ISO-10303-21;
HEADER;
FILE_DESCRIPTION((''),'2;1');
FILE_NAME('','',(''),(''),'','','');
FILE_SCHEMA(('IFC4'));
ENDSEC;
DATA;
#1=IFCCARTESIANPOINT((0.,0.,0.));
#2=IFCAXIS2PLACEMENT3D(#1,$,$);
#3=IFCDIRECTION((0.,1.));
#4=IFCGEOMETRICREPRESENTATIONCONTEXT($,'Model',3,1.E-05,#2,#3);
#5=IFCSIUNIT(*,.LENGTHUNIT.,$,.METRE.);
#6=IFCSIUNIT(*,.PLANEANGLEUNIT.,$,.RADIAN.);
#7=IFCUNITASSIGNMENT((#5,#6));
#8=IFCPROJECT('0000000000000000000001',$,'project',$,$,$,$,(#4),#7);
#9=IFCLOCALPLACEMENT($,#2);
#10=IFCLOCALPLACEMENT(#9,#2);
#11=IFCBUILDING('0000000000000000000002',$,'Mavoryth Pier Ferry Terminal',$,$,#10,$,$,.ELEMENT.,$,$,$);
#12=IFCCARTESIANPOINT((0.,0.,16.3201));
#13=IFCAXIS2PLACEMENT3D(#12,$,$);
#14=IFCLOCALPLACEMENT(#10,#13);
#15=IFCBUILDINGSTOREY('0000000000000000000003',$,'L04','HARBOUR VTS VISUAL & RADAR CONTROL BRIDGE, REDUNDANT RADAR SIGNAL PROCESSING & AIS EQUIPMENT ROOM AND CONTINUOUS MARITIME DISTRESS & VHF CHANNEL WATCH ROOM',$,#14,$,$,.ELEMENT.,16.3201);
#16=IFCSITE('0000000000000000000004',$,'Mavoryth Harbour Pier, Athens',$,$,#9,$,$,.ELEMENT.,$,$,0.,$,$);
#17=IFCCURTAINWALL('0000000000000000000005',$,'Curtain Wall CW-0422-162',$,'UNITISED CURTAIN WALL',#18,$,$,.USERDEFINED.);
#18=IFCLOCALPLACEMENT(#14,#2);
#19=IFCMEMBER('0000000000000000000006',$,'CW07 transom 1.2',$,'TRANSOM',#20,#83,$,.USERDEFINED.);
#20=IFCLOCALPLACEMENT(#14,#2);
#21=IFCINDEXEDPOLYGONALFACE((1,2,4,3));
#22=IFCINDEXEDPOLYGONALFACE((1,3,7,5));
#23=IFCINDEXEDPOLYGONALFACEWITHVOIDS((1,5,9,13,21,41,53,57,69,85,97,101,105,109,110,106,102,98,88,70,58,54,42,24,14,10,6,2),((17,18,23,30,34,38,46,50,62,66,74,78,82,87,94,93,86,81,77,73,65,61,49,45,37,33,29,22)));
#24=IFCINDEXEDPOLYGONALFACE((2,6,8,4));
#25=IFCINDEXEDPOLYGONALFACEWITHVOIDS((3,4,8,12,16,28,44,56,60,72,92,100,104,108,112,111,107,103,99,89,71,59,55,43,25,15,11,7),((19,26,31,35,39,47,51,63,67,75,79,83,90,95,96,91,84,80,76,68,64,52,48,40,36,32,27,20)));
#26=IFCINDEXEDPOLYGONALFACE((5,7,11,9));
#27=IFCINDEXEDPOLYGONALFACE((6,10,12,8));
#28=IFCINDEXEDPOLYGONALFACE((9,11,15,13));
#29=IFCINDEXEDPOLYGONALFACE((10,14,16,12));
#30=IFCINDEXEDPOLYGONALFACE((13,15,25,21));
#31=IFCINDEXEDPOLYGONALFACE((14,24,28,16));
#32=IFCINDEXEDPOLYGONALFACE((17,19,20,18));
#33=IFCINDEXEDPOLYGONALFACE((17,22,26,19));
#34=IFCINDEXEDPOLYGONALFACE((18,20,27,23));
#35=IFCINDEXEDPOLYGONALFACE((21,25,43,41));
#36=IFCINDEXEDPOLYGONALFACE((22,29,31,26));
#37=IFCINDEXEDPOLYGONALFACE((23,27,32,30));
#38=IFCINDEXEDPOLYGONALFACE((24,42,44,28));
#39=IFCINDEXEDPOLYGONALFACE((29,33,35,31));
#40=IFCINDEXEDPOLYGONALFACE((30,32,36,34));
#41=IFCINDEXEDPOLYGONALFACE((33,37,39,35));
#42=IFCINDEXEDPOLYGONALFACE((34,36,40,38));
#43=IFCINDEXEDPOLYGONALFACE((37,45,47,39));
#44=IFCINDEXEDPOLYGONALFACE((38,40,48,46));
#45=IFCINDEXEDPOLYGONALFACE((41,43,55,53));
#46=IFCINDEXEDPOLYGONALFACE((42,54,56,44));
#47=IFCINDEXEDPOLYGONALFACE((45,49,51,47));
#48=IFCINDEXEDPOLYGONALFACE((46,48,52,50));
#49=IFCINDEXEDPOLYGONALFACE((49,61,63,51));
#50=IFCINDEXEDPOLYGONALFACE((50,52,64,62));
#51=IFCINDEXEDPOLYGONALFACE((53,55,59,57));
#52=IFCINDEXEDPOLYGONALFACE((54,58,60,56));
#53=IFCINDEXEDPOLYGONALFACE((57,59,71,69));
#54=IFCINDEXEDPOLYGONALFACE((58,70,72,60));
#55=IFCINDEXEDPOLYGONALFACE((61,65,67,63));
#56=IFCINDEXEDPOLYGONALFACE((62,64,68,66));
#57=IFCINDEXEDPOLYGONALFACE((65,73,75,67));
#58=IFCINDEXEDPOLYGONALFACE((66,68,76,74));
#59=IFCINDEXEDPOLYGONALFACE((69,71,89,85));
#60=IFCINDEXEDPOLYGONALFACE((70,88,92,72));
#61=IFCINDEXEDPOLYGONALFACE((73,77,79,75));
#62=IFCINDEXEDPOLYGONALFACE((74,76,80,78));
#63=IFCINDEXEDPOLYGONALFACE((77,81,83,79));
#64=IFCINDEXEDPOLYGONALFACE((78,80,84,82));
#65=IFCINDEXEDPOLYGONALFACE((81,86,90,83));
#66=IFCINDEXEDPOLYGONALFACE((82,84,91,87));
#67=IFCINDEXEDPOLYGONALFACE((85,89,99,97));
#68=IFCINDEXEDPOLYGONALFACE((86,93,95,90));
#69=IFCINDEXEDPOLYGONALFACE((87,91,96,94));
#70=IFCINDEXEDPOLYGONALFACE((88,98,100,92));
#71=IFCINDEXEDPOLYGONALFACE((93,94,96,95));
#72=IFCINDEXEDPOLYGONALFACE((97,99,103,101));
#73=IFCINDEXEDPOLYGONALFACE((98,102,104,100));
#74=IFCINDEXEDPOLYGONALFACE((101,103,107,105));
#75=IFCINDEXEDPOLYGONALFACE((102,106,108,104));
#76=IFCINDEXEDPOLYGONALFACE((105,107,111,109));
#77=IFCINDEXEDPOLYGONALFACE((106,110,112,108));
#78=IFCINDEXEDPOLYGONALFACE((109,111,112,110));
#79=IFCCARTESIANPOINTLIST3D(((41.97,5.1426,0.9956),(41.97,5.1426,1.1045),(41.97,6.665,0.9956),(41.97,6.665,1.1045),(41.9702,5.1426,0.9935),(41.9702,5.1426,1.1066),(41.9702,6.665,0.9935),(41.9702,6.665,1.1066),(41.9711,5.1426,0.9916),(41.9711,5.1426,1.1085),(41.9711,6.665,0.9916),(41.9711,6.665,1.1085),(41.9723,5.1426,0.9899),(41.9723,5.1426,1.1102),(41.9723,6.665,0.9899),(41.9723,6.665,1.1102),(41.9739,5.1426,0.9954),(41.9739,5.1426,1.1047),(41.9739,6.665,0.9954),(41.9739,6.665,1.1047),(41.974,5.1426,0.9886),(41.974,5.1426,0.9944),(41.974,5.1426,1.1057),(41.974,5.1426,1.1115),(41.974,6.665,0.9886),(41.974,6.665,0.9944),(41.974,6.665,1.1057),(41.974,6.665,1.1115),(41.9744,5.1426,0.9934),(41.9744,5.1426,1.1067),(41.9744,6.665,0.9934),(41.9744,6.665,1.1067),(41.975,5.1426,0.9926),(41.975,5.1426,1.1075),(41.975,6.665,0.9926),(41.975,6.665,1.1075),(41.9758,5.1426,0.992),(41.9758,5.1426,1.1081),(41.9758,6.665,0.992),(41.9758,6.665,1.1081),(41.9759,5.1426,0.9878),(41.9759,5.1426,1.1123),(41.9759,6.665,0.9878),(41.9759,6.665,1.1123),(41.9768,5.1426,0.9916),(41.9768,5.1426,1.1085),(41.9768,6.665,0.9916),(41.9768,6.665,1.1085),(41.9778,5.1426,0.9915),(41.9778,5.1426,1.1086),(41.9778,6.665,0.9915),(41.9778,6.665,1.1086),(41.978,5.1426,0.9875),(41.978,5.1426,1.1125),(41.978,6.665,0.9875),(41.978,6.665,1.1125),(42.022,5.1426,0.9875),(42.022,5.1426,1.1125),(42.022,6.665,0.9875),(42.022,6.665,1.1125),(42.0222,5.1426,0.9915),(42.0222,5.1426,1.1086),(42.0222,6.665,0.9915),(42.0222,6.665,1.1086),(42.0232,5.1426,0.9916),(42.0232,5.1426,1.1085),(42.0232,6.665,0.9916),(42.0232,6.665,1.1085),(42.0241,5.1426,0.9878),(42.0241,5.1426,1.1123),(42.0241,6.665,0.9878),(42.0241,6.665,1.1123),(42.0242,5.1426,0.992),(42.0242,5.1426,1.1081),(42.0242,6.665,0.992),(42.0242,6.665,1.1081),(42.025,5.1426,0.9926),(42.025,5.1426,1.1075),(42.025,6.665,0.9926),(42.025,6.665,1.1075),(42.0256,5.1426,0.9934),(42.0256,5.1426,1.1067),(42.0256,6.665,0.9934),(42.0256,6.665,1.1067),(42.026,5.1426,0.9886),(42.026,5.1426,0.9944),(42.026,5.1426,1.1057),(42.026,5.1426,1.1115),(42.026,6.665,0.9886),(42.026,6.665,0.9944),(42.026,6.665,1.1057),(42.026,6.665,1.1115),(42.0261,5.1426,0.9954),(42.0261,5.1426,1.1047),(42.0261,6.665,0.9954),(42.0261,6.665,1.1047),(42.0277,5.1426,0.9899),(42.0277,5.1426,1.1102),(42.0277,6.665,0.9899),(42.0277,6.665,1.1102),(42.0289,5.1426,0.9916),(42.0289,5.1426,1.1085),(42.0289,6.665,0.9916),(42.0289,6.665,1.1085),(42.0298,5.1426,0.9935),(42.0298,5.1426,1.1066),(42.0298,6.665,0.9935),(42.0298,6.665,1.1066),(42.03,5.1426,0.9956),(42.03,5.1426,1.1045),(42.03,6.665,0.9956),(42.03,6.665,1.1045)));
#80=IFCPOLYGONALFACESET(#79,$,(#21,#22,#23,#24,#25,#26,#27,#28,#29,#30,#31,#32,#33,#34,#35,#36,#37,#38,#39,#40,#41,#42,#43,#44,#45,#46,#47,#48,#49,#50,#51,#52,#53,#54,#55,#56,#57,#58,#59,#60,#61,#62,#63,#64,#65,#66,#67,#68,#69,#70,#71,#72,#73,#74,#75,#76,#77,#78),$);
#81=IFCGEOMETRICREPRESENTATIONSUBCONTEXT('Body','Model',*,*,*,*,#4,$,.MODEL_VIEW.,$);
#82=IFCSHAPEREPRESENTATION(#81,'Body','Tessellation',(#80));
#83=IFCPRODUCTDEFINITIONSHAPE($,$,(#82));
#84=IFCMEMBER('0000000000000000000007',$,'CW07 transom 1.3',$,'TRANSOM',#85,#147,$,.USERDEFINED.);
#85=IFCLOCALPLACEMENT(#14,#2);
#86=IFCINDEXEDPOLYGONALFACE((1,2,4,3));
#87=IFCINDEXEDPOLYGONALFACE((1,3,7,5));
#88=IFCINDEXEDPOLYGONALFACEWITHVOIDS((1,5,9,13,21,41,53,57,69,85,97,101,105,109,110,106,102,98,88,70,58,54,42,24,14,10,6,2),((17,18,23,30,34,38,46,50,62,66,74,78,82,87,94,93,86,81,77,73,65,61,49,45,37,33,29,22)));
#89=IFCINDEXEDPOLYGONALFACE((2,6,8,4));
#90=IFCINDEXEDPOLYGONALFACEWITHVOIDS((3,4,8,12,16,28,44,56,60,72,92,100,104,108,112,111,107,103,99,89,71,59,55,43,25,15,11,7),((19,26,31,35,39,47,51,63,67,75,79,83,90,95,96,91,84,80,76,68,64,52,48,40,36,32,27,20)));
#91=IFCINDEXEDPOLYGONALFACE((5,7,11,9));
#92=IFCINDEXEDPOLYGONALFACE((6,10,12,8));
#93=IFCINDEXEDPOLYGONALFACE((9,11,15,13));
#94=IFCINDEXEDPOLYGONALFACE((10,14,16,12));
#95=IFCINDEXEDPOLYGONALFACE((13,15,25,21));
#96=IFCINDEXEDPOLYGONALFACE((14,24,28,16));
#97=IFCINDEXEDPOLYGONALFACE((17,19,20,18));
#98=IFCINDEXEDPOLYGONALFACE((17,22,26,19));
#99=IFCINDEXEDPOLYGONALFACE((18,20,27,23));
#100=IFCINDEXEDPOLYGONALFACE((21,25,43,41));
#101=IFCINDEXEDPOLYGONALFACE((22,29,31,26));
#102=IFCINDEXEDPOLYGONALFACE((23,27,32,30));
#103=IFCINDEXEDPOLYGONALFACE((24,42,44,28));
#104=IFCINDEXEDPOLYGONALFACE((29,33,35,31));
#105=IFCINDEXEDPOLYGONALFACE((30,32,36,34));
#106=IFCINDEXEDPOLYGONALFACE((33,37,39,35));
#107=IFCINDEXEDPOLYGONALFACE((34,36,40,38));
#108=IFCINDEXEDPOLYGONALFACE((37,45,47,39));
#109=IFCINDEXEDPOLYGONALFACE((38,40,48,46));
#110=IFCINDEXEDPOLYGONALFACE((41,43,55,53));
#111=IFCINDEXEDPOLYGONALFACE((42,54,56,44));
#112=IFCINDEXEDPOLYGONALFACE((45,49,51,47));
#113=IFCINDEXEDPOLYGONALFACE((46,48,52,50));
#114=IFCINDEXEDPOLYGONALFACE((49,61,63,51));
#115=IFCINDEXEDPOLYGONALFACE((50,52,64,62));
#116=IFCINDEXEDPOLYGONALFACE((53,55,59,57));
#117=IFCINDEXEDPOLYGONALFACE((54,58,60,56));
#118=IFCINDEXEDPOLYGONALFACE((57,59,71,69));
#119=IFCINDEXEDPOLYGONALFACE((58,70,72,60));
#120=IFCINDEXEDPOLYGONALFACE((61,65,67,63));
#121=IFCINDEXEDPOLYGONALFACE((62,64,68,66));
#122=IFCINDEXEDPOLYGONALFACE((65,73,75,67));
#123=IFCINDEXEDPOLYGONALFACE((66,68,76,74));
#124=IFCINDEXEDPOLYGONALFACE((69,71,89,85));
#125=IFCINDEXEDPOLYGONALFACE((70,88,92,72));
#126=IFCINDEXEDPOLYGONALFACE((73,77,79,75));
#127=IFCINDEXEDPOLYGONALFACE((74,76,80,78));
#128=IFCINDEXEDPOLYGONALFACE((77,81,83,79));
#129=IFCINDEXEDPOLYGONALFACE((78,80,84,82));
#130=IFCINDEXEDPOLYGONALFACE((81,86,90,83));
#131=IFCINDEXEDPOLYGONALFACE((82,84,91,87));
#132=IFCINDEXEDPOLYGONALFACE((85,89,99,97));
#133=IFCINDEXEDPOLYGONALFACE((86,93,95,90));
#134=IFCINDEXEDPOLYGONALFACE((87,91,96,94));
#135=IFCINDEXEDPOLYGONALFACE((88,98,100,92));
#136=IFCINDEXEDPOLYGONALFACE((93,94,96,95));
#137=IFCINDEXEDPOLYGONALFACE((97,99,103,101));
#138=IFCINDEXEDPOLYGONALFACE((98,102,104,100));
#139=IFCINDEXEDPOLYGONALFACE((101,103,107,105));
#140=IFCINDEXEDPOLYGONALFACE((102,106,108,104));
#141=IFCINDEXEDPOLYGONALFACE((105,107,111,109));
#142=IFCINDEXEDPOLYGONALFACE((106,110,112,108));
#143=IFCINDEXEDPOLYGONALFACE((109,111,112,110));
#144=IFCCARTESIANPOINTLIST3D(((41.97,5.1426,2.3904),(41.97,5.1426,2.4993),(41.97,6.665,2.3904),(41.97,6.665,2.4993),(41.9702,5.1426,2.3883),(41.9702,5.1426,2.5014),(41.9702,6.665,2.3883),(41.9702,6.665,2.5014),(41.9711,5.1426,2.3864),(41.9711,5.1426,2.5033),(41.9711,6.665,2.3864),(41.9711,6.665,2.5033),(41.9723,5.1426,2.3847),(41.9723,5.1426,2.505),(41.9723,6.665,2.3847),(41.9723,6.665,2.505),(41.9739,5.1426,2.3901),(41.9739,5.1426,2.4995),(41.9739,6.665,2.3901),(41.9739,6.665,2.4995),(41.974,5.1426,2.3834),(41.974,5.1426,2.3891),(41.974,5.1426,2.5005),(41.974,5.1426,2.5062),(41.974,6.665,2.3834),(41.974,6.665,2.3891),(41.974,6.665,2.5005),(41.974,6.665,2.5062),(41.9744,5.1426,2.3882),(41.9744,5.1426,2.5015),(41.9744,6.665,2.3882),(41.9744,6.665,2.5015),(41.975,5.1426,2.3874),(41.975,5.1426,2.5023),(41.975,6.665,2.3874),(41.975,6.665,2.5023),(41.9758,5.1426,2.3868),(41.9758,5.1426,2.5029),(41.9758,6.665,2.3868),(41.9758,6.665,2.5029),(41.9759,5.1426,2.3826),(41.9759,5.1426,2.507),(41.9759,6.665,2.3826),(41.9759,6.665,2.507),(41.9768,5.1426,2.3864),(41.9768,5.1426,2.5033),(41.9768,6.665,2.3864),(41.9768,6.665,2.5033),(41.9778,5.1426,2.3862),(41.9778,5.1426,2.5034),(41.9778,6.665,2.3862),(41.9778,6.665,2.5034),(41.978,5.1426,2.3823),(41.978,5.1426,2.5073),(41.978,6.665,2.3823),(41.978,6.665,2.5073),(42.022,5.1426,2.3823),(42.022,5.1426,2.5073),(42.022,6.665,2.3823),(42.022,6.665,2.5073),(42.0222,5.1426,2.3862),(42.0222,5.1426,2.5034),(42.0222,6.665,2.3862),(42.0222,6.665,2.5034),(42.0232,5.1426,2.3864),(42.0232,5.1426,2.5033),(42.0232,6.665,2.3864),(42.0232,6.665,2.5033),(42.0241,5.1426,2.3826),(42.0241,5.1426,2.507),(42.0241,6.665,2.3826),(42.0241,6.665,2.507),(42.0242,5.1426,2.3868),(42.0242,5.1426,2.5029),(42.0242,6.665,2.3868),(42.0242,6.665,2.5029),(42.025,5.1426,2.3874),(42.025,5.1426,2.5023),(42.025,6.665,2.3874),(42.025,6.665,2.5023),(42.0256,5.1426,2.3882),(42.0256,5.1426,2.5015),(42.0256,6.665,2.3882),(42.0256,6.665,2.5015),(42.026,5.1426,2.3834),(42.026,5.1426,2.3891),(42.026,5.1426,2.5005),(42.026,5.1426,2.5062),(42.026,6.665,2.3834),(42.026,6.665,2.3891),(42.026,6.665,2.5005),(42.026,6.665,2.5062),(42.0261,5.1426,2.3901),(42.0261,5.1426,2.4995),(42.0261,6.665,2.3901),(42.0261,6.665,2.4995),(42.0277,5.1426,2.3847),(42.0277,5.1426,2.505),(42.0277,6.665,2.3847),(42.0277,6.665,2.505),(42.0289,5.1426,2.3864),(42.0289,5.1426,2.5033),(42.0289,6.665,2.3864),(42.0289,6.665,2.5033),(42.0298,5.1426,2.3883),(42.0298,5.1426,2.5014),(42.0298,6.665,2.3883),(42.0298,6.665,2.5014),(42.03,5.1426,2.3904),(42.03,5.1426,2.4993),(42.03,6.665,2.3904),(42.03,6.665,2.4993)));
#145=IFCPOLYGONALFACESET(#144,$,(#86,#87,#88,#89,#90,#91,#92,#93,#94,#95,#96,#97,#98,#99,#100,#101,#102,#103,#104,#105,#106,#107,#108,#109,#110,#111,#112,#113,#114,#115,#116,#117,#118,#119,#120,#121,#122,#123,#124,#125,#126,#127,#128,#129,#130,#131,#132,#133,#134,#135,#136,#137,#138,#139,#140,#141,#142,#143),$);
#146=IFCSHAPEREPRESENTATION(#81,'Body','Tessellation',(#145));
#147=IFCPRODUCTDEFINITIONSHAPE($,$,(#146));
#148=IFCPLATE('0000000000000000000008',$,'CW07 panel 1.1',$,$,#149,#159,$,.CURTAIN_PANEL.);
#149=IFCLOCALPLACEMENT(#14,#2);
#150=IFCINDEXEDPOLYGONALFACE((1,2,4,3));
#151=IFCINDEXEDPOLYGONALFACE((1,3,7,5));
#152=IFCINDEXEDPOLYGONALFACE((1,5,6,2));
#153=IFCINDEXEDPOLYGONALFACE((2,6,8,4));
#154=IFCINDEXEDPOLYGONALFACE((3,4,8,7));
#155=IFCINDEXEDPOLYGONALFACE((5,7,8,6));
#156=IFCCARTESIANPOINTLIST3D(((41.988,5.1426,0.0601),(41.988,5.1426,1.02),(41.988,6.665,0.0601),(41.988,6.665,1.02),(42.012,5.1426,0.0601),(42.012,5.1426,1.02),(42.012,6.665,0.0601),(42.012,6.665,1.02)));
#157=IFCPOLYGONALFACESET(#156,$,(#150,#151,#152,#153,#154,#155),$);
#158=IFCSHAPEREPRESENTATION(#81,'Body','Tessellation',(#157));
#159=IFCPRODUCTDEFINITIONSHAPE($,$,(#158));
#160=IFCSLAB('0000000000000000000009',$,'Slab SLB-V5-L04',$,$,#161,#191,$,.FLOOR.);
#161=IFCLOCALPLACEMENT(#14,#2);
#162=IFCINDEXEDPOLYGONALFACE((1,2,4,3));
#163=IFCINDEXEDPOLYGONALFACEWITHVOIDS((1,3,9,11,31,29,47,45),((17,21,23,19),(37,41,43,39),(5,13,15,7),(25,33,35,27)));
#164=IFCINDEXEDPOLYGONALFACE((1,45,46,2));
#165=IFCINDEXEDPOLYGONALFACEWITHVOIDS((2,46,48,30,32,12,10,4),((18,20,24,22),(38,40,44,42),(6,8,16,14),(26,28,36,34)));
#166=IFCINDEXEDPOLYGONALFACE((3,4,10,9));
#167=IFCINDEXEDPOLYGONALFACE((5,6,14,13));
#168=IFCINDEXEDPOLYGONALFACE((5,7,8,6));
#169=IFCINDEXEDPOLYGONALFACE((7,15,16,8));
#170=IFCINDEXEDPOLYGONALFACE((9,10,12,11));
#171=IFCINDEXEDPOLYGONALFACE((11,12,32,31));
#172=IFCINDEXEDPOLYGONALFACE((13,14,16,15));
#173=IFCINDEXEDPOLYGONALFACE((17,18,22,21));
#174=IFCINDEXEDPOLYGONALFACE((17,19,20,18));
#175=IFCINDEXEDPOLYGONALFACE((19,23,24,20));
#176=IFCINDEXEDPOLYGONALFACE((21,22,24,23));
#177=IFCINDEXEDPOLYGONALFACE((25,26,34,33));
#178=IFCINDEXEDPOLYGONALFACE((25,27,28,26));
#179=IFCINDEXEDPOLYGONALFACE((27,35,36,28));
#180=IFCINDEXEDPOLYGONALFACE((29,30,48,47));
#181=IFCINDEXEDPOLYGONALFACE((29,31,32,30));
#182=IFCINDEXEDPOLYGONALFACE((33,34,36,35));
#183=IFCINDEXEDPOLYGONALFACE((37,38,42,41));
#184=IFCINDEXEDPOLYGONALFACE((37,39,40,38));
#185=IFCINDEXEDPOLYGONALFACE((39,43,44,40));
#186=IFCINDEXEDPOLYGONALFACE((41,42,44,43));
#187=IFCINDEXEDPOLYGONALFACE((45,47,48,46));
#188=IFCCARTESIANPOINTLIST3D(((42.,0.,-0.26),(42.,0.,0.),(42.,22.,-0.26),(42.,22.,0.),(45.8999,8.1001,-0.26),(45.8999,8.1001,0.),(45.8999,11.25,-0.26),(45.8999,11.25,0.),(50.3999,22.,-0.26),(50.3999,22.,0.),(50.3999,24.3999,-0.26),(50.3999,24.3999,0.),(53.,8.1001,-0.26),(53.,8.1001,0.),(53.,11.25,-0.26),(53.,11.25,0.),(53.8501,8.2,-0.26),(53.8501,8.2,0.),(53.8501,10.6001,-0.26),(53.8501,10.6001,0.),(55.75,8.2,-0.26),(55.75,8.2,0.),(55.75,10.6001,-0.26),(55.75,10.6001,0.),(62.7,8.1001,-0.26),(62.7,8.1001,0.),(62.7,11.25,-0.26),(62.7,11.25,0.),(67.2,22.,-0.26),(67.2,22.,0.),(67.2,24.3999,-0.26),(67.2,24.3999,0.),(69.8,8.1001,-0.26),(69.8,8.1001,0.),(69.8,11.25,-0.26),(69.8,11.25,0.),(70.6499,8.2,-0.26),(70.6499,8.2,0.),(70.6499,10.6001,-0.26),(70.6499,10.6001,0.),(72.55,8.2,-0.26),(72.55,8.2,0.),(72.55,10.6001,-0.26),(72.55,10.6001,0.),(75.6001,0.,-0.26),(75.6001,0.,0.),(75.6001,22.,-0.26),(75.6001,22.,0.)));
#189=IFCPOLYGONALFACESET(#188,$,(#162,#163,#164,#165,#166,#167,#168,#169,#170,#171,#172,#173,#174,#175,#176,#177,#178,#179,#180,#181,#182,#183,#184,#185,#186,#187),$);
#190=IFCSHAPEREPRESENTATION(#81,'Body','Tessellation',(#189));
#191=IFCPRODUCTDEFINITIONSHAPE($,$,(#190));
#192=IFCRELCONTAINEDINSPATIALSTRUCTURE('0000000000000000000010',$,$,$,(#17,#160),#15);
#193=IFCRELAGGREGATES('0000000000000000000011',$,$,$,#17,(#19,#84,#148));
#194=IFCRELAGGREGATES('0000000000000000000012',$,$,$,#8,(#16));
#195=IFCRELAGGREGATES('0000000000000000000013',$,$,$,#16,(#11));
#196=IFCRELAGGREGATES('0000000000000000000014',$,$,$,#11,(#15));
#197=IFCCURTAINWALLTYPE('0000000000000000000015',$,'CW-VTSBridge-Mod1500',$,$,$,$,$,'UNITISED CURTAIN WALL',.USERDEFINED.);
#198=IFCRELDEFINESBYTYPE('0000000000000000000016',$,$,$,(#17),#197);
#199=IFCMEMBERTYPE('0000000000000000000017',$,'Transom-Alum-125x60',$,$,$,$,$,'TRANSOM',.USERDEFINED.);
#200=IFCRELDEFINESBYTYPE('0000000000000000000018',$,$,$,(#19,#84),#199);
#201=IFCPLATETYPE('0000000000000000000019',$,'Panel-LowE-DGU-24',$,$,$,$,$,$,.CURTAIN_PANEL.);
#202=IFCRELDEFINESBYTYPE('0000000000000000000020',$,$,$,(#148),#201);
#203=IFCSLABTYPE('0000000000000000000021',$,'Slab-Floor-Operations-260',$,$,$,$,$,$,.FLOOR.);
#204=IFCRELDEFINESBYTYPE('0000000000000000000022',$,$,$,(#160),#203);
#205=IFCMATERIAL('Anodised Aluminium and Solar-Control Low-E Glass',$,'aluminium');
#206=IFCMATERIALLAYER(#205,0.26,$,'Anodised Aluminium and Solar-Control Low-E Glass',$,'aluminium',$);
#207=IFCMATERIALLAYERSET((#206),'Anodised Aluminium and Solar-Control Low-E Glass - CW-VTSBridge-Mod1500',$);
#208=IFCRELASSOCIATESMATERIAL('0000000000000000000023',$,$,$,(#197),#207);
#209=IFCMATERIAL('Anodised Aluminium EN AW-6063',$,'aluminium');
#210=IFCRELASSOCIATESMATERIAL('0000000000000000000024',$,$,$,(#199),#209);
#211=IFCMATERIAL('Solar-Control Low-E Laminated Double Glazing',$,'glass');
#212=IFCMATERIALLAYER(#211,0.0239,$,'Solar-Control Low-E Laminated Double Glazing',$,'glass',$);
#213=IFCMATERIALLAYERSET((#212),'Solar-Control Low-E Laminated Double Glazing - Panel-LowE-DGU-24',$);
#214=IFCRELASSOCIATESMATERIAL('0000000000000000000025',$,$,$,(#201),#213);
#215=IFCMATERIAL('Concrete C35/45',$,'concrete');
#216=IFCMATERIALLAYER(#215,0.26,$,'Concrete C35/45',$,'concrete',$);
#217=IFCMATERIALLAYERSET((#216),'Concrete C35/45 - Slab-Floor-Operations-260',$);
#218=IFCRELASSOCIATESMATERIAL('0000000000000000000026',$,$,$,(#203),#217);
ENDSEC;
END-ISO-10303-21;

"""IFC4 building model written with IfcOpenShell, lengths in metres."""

from ifc_helpers import new_model, si_unit, direction, frame, origin, origin_2d, place, context, subcontext, project, spatial, polyline, rectangle, hollow_rectangle, outline, extrude, material, layer, layer_set, material_profile, profile_set, type_object, element, aggregate, save


model = new_model("IFC4")

# Units and contexts
model_context = context("Model", 3, precision=1e-05, world=origin(), true_north=direction((0.0, 1.0)))
body_context = subcontext(model_context, "Body", "Model", "MODEL_VIEW")
ifc_project = project(units=[si_unit("LENGTHUNIT", "METRE"), si_unit("PLANEANGLEUNIT", "RADIAN")], contexts=[model_context])

# Site, building, storey
site_placement = place(None, origin())
site = spatial("IfcSite", under=ifc_project, at=site_placement, Name="Mavoryth Harbour Pier, Athens", CompositionType="ELEMENT", RefElevation=0.0)
building_placement = place(site_placement, origin())
building = spatial("IfcBuilding", under=site, at=building_placement, Name="Mavoryth Pier Ferry Terminal", CompositionType="ELEMENT")
storey_placement = place(building_placement, frame((0.0, 0.0, 16.3201)))
storey = spatial("IfcBuildingStorey", under=building, at=storey_placement, Name="L04", Description="HARBOUR VTS VISUAL & RADAR CONTROL BRIDGE, REDUNDANT RADAR SIGNAL PROCESSING & AIS EQUIPMENT ROOM AND CONTINUOUS MARITIME DISTRESS & VHF CHANNEL WATCH ROOM", CompositionType="ELEMENT", Elevation=16.3201)

# Curtain wall
ifc_material_1 = material(Name="Anodised Aluminium and Solar-Control Low-E Glass", Category="aluminium")
ifc_layer_1 = layer(ifc_material_1, 0.26, Name="Anodised Aluminium and Solar-Control Low-E Glass", Category="aluminium")
ifc_layer_set_1 = layer_set([ifc_layer_1], Name="Anodised Aluminium and Solar-Control Low-E Glass - CW-VTSBridge-Mod1500")
curtain_wall_type = type_object("IfcCurtainWallType", Name="CW-VTSBridge-Mod1500", ElementType="UNITISED CURTAIN WALL", PredefinedType="USERDEFINED", material=ifc_layer_set_1)
curtain_wall_placement = place(storey_placement, origin())
curtain_wall = element("IfcCurtainWall", 1, at=curtain_wall_placement, inside=storey, type_object=curtain_wall_type, Name="Curtain Wall CW-0422-162", ObjectType="UNITISED CURTAIN WALL", PredefinedType="USERDEFINED")
ifc_material_2 = material(Name="Anodised Aluminium EN AW-6063", Category="aluminium")

# Shared definitions
ifc_material_3 = material(Name="Concrete C35/45", Category="concrete")

# Members
ifc_material_profile_1 = material_profile(ifc_material_2, hollow_rectangle(XDim=0.0601, YDim=0.125, WallThickness=0.0039, InnerFilletRadius=0.0039, OuterFilletRadius=0.0081, at=origin_2d()), Name="AL-TRAN 125x60x4", Category="aluminium")
ifc_profile_set_1 = profile_set([ifc_material_profile_1], Name="Anodised Aluminium EN AW-6063 - AL-TRAN 125x60x4")
member_type_1 = type_object("IfcMemberType", Name="Transom-Alum-125x60", ElementType="TRANSOM", PredefinedType="USERDEFINED", material=ifc_profile_set_1)
member_1_placement = place(storey_placement, frame((42.0, 6.665, 1.05), z_axis=(0.0, -1.0, 0.0), x_axis=(1.0, 0.0, 0.0)))
member_1 = element("IfcMember", 2, at=member_1_placement, type_object=member_type_1, Name="CW07 transom 1.2", ObjectType="TRANSOM", PredefinedType="USERDEFINED", context=body_context, shape_type="SweptSolid", body=[
    extrude(hollow_rectangle(XDim=0.0601, YDim=0.125, WallThickness=0.0039, InnerFilletRadius=0.0039, OuterFilletRadius=0.0081, at=origin_2d()), origin(), (0.0, 0.0, 1.0), 1.5225),
])
member_2_placement = place(storey_placement, frame((42.0, 6.665, 2.4448), z_axis=(0.0, -1.0, 0.0), x_axis=(1.0, 0.0, 0.0)))
member_2 = element("IfcMember", 3, at=member_2_placement, type_object=member_type_1, Name="CW07 transom 1.3", ObjectType="TRANSOM", PredefinedType="USERDEFINED", context=body_context, shape_type="SweptSolid", body=[
    extrude(hollow_rectangle(XDim=0.0601, YDim=0.125, WallThickness=0.0039, InnerFilletRadius=0.0039, OuterFilletRadius=0.0081, at=origin_2d()), origin(), (0.0, 0.0, 1.0), 1.5225),
])

# Plate
ifc_material_4 = material(Name="Solar-Control Low-E Laminated Double Glazing", Category="glass")
ifc_layer_2 = layer(ifc_material_4, 0.0239, Name="Solar-Control Low-E Laminated Double Glazing", Category="glass")
ifc_layer_set_2 = layer_set([ifc_layer_2], Name="Solar-Control Low-E Laminated Double Glazing - Panel-LowE-DGU-24")
plate_type = type_object("IfcPlateType", Name="Panel-LowE-DGU-24", PredefinedType="CURTAIN_PANEL", material=ifc_layer_set_2)
plate_placement = place(storey_placement, frame((42.0, 5.9038, 0.0601), z_axis=(0.0, 0.0, 1.0), x_axis=(0.0, -1.0, 0.0)))
plate = element("IfcPlate", 4, at=plate_placement, type_object=plate_type, Name="CW07 panel 1.1", PredefinedType="CURTAIN_PANEL", context=body_context, shape_type="SweptSolid", body=[
    extrude(rectangle(XDim=1.5225, YDim=0.0239, at=origin_2d()), origin(), (0.0, 0.0, 1.0), 0.96),
])
aggregate(curtain_wall, [member_1, member_2, plate])

# Slab
ifc_layer_3 = layer(ifc_material_3, 0.26, Name="Concrete C35/45", Category="concrete")
ifc_layer_set_3 = layer_set([ifc_layer_3], Name="Concrete C35/45 - Slab-Floor-Operations-260")
slab_type_1 = type_object("IfcSlabType", Name="Slab-Floor-Operations-260", PredefinedType="FLOOR", material=ifc_layer_set_3)
slab_1_placement = place(storey_placement, frame((0.0, 0.0, -0.26)))
element("IfcSlab", 5, at=slab_1_placement, inside=storey, type_object=slab_type_1, Name="Slab SLB-V5-L04", PredefinedType="FLOOR", context=body_context, shape_type="SweptSolid", body=[
    extrude(outline(polyline([(42.0, 0.0), (75.6001, 0.0), (75.6001, 22.0), (67.2, 22.0), (67.2, 24.3999), (50.3999, 24.3999), (50.3999, 22.0), (42.0, 22.0), (42.0, 0.0)]), holes=[polyline([(45.8999, 8.1001), (53.0, 8.1001), (53.0, 11.25), (45.8999, 11.25), (45.8999, 8.1001)]), polyline([(62.7, 8.1001), (69.8, 8.1001), (69.8, 11.25), (62.7, 11.25), (62.7, 8.1001)]), polyline([(53.8501, 8.2), (55.75, 8.2), (55.75, 10.6001), (53.8501, 10.6001), (53.8501, 8.2)]), polyline([(70.6499, 8.2), (72.55, 8.2), (72.55, 10.6001), (70.6499, 10.6001), (70.6499, 8.2)])]), origin(), (0.0, 0.0, 1.0), 0.26),
])

save(model, "model.ifc")
